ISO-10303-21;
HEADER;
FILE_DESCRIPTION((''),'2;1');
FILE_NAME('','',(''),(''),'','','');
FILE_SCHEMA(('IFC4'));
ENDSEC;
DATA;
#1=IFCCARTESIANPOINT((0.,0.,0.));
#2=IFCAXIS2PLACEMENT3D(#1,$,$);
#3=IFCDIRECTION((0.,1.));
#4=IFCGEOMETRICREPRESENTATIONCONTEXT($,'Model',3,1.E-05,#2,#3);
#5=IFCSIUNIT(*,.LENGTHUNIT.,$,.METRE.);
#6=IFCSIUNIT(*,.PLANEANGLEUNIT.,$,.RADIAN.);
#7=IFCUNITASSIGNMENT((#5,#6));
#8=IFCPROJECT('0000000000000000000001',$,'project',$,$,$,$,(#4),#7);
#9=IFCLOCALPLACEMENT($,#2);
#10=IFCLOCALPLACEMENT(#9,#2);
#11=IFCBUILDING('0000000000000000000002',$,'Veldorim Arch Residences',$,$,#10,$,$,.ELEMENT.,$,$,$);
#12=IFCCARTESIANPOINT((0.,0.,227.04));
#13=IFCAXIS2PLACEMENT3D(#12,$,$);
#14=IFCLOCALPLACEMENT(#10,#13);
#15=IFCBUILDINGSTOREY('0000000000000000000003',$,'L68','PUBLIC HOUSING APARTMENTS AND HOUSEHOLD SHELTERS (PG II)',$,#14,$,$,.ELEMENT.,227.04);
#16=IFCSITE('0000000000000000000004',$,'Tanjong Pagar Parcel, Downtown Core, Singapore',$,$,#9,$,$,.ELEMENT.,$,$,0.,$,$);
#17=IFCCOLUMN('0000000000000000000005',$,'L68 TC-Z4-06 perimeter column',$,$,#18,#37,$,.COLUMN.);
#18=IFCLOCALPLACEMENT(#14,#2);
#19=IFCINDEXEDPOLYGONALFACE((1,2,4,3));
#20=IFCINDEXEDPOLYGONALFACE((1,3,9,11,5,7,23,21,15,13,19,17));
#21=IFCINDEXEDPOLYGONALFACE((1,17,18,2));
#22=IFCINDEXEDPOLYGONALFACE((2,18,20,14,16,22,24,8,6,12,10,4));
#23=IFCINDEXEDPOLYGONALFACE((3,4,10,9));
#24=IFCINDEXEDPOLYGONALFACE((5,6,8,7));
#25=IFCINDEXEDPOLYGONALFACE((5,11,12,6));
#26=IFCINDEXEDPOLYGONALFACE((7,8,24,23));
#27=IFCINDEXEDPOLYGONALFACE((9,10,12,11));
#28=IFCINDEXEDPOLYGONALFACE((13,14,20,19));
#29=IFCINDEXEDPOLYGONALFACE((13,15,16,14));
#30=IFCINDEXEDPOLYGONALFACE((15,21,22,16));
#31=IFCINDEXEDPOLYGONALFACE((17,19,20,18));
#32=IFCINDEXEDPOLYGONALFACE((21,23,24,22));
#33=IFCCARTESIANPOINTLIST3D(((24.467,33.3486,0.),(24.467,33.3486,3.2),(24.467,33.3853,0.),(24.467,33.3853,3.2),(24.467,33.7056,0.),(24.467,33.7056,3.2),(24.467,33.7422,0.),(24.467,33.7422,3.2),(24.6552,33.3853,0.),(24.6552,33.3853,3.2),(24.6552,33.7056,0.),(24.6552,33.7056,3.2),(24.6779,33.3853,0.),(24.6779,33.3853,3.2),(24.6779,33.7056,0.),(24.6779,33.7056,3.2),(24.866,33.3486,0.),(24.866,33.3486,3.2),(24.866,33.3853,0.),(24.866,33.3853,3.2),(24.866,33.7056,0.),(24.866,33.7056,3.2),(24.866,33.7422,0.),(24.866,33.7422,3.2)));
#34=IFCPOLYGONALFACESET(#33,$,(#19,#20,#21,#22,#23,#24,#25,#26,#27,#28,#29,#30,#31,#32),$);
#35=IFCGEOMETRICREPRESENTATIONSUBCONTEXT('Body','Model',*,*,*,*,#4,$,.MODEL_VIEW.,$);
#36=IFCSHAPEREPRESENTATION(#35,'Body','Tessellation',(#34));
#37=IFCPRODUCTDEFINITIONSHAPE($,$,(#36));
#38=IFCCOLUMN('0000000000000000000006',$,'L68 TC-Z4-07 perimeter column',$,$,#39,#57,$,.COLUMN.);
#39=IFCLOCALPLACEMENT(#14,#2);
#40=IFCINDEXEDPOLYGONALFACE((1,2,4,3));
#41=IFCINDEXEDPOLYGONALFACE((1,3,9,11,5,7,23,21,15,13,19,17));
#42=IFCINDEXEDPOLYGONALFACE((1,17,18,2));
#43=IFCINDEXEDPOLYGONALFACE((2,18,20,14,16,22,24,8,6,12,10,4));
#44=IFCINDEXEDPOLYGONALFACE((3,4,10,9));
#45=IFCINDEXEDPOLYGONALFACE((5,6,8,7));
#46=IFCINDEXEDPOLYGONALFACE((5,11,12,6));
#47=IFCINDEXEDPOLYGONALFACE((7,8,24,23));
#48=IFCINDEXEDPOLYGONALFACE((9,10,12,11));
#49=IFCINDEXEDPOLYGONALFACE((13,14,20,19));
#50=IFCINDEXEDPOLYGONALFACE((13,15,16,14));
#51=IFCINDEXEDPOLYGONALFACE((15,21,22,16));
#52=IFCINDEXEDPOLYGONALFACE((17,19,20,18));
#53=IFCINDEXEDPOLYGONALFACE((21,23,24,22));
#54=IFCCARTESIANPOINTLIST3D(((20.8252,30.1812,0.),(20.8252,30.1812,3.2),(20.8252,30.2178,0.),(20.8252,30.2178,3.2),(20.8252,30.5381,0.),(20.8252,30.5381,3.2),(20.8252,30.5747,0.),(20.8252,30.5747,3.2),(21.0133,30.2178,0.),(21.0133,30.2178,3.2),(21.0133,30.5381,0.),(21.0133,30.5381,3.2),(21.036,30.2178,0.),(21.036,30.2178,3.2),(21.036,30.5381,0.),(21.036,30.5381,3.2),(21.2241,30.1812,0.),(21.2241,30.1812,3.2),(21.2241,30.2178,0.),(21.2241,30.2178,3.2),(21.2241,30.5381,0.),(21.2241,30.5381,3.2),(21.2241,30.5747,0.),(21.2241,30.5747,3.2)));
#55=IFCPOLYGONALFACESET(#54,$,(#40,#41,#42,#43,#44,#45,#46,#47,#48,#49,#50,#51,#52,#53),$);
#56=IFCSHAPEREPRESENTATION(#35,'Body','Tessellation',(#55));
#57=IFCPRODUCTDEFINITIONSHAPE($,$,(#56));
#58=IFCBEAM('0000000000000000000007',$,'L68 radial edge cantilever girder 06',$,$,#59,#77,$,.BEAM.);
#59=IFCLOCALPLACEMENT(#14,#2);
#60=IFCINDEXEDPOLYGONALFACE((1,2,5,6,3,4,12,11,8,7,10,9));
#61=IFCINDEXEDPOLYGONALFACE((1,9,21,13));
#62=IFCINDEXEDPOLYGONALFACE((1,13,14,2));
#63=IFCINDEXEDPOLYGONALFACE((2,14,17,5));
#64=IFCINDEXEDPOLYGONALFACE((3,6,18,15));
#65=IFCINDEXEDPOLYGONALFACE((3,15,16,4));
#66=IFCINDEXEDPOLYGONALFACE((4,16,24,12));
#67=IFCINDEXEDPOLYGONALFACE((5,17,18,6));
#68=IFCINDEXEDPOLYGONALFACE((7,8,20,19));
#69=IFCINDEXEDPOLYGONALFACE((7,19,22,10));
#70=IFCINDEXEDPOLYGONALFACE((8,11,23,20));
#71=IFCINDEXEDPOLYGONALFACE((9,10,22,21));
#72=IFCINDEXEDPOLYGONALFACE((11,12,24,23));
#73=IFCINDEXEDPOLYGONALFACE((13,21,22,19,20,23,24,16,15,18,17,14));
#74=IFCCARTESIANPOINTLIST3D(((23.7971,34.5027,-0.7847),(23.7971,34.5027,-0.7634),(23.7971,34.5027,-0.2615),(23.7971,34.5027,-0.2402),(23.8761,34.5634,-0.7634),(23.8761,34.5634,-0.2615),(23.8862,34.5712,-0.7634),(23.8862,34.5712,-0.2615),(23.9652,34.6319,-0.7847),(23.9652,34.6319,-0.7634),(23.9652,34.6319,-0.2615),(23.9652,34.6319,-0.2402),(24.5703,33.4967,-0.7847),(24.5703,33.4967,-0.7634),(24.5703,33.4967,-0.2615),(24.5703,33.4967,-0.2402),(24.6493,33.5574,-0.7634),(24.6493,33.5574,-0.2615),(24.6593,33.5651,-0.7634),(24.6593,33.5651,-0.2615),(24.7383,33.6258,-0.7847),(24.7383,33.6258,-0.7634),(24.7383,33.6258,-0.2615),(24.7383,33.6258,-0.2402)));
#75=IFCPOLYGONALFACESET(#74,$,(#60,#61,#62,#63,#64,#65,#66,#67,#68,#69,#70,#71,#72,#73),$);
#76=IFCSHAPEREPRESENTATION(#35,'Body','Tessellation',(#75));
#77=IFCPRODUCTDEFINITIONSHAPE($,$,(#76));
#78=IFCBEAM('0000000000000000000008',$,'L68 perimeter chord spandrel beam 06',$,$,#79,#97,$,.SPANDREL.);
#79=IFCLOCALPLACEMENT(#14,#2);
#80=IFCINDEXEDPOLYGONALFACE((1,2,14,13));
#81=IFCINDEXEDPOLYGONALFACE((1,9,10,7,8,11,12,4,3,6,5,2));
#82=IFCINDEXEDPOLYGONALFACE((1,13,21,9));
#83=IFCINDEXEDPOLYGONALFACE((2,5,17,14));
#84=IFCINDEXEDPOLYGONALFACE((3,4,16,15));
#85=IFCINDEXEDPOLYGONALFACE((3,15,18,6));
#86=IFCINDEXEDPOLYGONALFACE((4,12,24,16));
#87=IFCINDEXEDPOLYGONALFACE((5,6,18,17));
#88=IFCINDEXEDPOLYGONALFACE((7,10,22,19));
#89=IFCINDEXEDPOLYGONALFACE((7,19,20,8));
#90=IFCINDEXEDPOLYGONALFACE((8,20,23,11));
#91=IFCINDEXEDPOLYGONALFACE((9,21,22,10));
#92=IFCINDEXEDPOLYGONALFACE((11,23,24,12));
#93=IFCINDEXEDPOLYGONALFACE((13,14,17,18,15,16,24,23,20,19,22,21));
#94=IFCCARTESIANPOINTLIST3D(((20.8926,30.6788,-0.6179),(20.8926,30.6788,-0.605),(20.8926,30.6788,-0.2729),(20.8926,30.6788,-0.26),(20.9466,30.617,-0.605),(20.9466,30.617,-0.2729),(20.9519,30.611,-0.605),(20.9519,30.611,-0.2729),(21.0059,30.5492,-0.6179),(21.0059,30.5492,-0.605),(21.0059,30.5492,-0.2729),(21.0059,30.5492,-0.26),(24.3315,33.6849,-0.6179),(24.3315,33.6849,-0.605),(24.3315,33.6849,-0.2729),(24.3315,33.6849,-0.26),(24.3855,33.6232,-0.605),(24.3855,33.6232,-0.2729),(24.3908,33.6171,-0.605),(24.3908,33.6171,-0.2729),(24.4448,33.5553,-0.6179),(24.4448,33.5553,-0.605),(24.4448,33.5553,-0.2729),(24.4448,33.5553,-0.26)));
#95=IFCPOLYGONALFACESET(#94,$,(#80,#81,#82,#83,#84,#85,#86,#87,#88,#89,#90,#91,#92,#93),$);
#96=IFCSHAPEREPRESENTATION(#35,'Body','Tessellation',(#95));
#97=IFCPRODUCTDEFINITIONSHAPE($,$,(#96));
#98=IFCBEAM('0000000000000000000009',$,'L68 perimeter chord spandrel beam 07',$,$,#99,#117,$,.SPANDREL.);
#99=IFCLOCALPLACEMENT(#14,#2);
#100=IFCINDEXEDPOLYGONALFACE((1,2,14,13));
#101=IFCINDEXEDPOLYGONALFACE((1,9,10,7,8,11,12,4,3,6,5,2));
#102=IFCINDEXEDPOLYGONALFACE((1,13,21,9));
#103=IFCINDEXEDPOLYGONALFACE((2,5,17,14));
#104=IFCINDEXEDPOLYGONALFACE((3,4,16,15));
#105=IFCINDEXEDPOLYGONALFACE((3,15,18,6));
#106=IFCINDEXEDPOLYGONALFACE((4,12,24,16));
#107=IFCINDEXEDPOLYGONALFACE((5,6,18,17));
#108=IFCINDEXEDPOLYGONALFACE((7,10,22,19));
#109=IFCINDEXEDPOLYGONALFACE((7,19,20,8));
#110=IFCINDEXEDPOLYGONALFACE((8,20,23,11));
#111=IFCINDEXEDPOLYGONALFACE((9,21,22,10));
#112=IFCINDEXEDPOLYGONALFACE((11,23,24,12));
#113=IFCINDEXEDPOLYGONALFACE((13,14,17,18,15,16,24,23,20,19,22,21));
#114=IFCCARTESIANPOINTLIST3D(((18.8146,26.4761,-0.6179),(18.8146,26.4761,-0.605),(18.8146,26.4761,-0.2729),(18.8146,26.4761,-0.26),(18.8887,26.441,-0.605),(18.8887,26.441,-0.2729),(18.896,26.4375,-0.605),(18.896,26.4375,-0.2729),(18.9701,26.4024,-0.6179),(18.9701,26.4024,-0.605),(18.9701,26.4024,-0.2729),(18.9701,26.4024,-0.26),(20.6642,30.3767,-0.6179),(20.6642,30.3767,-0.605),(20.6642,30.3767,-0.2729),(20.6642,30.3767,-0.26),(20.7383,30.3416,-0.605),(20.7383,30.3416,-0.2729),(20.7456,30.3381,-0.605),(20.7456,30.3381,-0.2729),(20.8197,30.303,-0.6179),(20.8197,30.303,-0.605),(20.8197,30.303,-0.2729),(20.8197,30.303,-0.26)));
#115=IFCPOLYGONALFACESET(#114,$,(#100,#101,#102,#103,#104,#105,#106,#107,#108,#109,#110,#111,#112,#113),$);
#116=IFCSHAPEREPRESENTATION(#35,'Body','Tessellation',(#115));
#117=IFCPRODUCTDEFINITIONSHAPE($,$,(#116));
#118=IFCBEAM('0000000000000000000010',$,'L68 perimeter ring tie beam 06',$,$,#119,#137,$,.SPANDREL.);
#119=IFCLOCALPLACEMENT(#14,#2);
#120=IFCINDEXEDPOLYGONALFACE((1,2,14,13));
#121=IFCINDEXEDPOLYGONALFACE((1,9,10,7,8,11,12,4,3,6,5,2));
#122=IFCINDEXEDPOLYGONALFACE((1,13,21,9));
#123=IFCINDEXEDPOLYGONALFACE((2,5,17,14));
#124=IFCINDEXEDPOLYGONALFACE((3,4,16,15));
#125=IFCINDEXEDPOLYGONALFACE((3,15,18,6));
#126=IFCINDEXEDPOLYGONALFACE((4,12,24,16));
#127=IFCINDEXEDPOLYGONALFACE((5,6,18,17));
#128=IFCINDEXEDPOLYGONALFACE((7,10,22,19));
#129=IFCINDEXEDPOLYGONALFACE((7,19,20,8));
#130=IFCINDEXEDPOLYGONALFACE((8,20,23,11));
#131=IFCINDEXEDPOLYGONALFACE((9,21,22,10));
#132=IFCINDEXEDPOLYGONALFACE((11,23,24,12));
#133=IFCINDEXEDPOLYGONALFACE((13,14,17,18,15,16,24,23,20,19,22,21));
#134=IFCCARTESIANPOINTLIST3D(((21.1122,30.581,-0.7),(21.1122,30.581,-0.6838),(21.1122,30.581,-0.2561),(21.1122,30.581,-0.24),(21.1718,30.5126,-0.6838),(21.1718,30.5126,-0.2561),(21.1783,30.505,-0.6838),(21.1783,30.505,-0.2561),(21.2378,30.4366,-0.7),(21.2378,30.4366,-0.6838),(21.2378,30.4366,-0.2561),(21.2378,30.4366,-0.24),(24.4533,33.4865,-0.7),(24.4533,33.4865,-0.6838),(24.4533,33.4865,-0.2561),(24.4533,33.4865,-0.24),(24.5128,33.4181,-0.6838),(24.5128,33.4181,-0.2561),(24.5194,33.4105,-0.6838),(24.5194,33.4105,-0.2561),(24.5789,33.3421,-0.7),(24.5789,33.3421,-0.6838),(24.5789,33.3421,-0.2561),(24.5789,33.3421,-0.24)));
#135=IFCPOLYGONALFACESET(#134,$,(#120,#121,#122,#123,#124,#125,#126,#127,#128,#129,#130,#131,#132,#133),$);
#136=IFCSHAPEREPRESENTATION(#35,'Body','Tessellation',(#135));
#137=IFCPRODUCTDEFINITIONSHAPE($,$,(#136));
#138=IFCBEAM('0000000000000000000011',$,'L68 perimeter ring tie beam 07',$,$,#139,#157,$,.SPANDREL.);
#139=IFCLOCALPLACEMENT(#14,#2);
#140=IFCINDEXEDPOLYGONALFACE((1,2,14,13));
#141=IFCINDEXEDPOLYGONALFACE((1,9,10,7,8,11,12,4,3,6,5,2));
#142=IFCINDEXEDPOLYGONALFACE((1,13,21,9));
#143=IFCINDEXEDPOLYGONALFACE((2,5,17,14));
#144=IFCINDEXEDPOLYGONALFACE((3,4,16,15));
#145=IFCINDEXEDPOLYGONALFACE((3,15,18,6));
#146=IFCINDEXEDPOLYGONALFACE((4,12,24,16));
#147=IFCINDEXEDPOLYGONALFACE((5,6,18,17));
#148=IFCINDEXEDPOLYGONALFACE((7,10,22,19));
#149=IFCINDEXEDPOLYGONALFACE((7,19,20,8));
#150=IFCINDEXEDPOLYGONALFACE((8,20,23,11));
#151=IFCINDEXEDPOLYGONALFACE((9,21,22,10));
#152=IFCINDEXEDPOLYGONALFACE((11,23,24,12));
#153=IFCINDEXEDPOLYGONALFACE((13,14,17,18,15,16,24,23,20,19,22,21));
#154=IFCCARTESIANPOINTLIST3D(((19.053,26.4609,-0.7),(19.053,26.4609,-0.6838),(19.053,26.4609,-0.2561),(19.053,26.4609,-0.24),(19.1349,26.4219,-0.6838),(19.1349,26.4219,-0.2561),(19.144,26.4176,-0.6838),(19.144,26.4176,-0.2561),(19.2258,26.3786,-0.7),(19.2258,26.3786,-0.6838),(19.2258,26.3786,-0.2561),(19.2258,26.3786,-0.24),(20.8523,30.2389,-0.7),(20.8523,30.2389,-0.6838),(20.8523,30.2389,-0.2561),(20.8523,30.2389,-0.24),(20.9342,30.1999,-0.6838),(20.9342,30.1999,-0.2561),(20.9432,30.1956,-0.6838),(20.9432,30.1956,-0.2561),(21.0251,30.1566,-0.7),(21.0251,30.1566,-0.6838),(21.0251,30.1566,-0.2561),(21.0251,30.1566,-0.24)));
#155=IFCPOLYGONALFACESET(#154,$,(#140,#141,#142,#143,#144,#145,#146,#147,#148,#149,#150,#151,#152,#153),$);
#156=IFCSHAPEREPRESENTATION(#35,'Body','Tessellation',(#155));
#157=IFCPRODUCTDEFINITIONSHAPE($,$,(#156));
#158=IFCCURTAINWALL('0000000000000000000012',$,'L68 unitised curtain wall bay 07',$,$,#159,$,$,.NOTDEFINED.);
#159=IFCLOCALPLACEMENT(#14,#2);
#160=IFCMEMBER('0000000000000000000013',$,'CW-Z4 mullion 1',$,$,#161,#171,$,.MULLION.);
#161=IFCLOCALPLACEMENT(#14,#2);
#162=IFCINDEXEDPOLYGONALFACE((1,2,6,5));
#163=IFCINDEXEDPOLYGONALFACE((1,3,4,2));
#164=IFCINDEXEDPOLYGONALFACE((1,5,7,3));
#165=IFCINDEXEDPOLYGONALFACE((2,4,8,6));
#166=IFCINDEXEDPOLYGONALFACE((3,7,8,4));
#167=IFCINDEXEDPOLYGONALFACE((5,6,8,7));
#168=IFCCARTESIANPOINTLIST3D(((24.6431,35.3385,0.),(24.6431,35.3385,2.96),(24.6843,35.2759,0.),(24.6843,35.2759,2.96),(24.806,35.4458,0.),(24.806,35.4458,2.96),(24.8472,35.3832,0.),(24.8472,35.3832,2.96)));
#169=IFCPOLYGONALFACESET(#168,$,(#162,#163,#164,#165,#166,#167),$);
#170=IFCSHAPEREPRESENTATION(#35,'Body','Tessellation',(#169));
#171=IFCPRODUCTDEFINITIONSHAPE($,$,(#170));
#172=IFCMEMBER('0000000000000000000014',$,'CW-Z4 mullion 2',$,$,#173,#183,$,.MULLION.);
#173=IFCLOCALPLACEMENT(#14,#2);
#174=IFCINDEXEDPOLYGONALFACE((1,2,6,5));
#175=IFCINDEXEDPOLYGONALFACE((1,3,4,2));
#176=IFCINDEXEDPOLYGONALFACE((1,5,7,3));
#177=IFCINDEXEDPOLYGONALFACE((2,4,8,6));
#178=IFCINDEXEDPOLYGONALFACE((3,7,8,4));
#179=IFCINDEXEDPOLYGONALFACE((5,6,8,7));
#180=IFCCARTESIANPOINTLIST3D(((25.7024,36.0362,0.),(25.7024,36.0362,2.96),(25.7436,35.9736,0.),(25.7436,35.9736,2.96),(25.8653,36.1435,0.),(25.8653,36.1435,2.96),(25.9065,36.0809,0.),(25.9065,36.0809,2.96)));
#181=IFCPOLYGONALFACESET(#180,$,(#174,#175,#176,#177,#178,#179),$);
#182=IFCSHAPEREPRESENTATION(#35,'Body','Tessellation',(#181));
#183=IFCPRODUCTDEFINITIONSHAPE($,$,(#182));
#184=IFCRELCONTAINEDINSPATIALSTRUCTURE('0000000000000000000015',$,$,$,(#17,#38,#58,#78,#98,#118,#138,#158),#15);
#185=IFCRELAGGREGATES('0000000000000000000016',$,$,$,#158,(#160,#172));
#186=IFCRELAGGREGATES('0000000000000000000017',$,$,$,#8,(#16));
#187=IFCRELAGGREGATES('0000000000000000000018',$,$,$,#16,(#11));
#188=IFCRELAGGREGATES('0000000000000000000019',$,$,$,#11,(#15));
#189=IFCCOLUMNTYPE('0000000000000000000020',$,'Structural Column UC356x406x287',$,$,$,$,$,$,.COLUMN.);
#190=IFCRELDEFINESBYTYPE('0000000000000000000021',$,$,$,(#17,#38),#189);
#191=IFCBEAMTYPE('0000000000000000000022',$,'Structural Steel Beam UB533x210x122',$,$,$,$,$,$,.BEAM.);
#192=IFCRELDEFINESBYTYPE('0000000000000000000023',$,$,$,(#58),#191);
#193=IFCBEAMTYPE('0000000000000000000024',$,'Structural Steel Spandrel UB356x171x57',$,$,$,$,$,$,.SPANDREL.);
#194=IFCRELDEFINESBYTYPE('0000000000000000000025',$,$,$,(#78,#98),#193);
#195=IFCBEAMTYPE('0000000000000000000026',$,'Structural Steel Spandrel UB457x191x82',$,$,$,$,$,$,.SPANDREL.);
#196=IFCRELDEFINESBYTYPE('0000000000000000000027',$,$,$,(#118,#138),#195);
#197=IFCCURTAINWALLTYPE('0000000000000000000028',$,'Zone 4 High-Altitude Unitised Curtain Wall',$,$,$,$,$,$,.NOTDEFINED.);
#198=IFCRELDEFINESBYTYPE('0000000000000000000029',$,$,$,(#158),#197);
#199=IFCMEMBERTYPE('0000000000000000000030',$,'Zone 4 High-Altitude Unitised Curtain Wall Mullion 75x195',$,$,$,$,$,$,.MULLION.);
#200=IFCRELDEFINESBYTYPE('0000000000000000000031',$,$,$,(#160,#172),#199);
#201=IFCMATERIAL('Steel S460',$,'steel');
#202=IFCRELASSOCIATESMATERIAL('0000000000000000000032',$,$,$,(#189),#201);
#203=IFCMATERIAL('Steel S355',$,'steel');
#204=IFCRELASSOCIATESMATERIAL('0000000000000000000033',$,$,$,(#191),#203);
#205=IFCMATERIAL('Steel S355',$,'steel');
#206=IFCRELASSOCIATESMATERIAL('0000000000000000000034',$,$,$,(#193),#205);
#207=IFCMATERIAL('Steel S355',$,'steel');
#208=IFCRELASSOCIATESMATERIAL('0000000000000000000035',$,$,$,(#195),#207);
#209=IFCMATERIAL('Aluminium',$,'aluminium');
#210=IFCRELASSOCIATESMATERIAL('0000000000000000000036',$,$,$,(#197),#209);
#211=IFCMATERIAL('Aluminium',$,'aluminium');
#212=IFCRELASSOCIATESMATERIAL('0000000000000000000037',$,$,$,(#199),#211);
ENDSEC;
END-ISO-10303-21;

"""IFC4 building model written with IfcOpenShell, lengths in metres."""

from ifc_helpers import new_model, si_unit, direction, frame, origin, origin_2d, place, context, subcontext, project, spatial, rectangle, i_section, extrude, material, material_profile, profile_set, type_object, element, aggregate, save


model = new_model("IFC4")

# Units and contexts
model_context = context("Model", 3, precision=1e-05, world=origin(), true_north=direction((0.0, 1.0)))
body_context = subcontext(model_context, "Body", "Model", "MODEL_VIEW")
ifc_project = project(units=[si_unit("LENGTHUNIT", "METRE"), si_unit("PLANEANGLEUNIT", "RADIAN")], contexts=[model_context])

# Site, building, storey
site_placement = place(None, origin())
site = spatial("IfcSite", under=ifc_project, at=site_placement, Name="Tanjong Pagar Parcel, Downtown Core, Singapore", CompositionType="ELEMENT", RefElevation=0.0)
building_placement = place(site_placement, origin())
building = spatial("IfcBuilding", under=site, at=building_placement, Name="Veldorim Arch Residences", CompositionType="ELEMENT")
storey_placement = place(building_placement, frame((0.0, 0.0, 227.04)))
storey = spatial("IfcBuildingStorey", under=building, at=storey_placement, Name="L68", Description="PUBLIC HOUSING APARTMENTS AND HOUSEHOLD SHELTERS (PG II)", CompositionType="ELEMENT", Elevation=227.04)

# Columns
ifc_material_1 = material(Name="Steel S460", Category="steel")
ifc_material_profile_1 = material_profile(ifc_material_1, i_section(OverallWidth=0.3989, OverallDepth=0.3936, WebThickness=0.0227, FlangeThickness=0.0366, at=origin_2d()), Name="UC356x406x287")
ifc_profile_set_1 = profile_set([ifc_material_profile_1], Name="Steel S460")
column_type = type_object("IfcColumnType", Name="Structural Column UC356x406x287", PredefinedType="COLUMN", material=ifc_profile_set_1)
for number, where, z_axis, x_axis, name in (
    (1, (24.6665, 33.5454, 0.0), (0.0, 0.0, 1.0), (1.0, 0.0, 0.0), "L68 TC-Z4-06 perimeter column"),
    (2, (21.0247, 30.3779, 0.0), (0.0, 0.0, 1.0), (1.0, 0.0, 0.0), "L68 TC-Z4-07 perimeter column"),
):
    element("IfcColumn", number, at=place(storey_placement, frame(where, z_axis=z_axis, x_axis=x_axis)), inside=storey, type_object=column_type, Name=name, PredefinedType="COLUMN", context=body_context, shape_type="SweptSolid", body=[
        extrude(i_section(OverallWidth=0.3989, OverallDepth=0.3936, WebThickness=0.0227, FlangeThickness=0.0366, at=origin_2d()), origin(), (0.0, 0.0, 1.0), 3.2),
    ])

# Beams
ifc_material_2 = material(Name="Steel S355", Category="steel")
ifc_material_profile_2 = material_profile(ifc_material_2, i_section(OverallWidth=0.2119, OverallDepth=0.5444, WebThickness=0.0127, FlangeThickness=0.0212, at=origin_2d()), Name="UB533x210x122")
ifc_profile_set_2 = profile_set([ifc_material_profile_2], Name="Steel S355")
beam_type_1 = type_object("IfcBeamType", Name="Structural Steel Beam UB533x210x122", PredefinedType="BEAM", material=ifc_profile_set_2)
beam_1_placement = place(storey_placement, frame((24.6543, 33.5613, -0.5125), z_axis=(-0.609348, 0.792903, 0.0), x_axis=(-0.792903, -0.609348, 0.0)))
element("IfcBeam", 3, at=beam_1_placement, inside=storey, type_object=beam_type_1, Name="L68 radial edge cantilever girder 06", PredefinedType="BEAM", context=body_context, shape_type="SweptSolid", body=[
    extrude(i_section(OverallWidth=0.2119, OverallDepth=0.5444, WebThickness=0.0127, FlangeThickness=0.0212, at=origin_2d()), origin(), (0.0, 0.0, 1.0), 1.2688),
])
ifc_material_3 = material(Name="Steel S355", Category="steel")
ifc_material_profile_3 = material_profile(ifc_material_3, i_section(OverallWidth=0.1721, OverallDepth=0.3579, WebThickness=0.0081, FlangeThickness=0.0129, at=origin_2d()), Name="UB356x171x57")
ifc_profile_set_3 = profile_set([ifc_material_profile_3], Name="Steel S355")
beam_type_2 = type_object("IfcBeamType", Name="Structural Steel Spandrel UB356x171x57", PredefinedType="SPANDREL", material=ifc_profile_set_3)
beam_2_placement = place(storey_placement, frame((24.3882, 33.6201, -0.439), z_axis=(-0.752901, -0.658134, 0.0), x_axis=(0.658134, -0.752901, 0.0)))
element("IfcBeam", 4, at=beam_2_placement, inside=storey, type_object=beam_type_2, Name="L68 perimeter chord spandrel beam 06", PredefinedType="SPANDREL", context=body_context, shape_type="SweptSolid", body=[
    extrude(i_section(OverallWidth=0.1721, OverallDepth=0.3579, WebThickness=0.0081, FlangeThickness=0.0129, at=origin_2d()), origin(), (0.0, 0.0, 1.0), 4.5676),
])
beam_3_placement = place(storey_placement, frame((20.7419, 30.3398, -0.439), z_axis=(-0.428453, -0.903564, 0.0), x_axis=(0.903564, -0.428453, 0.0)))
element("IfcBeam", 5, at=beam_3_placement, inside=storey, type_object=beam_type_2, Name="L68 perimeter chord spandrel beam 07", PredefinedType="SPANDREL", context=body_context, shape_type="SweptSolid", body=[
    extrude(i_section(OverallWidth=0.1721, OverallDepth=0.3579, WebThickness=0.0081, FlangeThickness=0.0129, at=origin_2d()), origin(), (0.0, 0.0, 1.0), 4.3169),
])
ifc_material_4 = material(Name="Steel S355", Category="steel")
ifc_material_profile_4 = material_profile(ifc_material_4, i_section(OverallWidth=0.1914, OverallDepth=0.46, WebThickness=0.01, FlangeThickness=0.0161, at=origin_2d()), Name="UB457x191x82")
ifc_profile_set_4 = profile_set([ifc_material_profile_4], Name="Steel S355")
beam_type_3 = type_object("IfcBeamType", Name="Structural Steel Spandrel UB457x191x82", PredefinedType="SPANDREL", material=ifc_profile_set_4)
beam_4_placement = place(storey_placement, frame((24.5161, 33.4143, -0.47), z_axis=(-0.754578, -0.65621, 0.0), x_axis=(0.65621, -0.754578, 0.0)))
element("IfcBeam", 6, at=beam_4_placement, inside=storey, type_object=beam_type_3, Name="L68 perimeter ring tie beam 06", PredefinedType="SPANDREL", context=body_context, shape_type="SweptSolid", body=[
    extrude(i_section(OverallWidth=0.1914, OverallDepth=0.46, WebThickness=0.01, FlangeThickness=0.0161, at=origin_2d()), origin(), (0.0, 0.0, 1.0), 4.4277),
])
beam_5_placement = place(storey_placement, frame((20.9387, 30.1978, -0.47), z_axis=(-0.429979, -0.902839, 0.0), x_axis=(0.902839, -0.429979, 0.0)))
element("IfcBeam", 7, at=beam_5_placement, inside=storey, type_object=beam_type_3, Name="L68 perimeter ring tie beam 07", PredefinedType="SPANDREL", context=body_context, shape_type="SweptSolid", body=[
    extrude(i_section(OverallWidth=0.1914, OverallDepth=0.46, WebThickness=0.01, FlangeThickness=0.0161, at=origin_2d()), origin(), (0.0, 0.0, 1.0), 4.1846),
])

# Curtain wall, members
ifc_material_5 = material(Name="Aluminium", Category="aluminium")
curtain_wall_type = type_object("IfcCurtainWallType", Name="Zone 4 High-Altitude Unitised Curtain Wall", PredefinedType="NOTDEFINED", material=ifc_material_5)
curtain_wall_placement = place(storey_placement, origin())
curtain_wall = element("IfcCurtainWall", 8, at=curtain_wall_placement, inside=storey, type_object=curtain_wall_type, Name="L68 unitised curtain wall bay 07", PredefinedType="NOTDEFINED")
ifc_material_6 = material(Name="Aluminium", Category="aluminium")
ifc_material_profile_5 = material_profile(ifc_material_6, rectangle(XDim=0.075, YDim=0.1951, at=origin_2d()), Name="ALU_MUL_75x195")
ifc_profile_set_5 = profile_set([ifc_material_profile_5], Name="Aluminium")
member_type_1 = type_object("IfcMemberType", Name="Zone 4 High-Altitude Unitised Curtain Wall Mullion 75x195", PredefinedType="MULLION", material=ifc_profile_set_5)
member_1_placement = place(storey_placement, frame((24.7451, 35.3608, 0.0), z_axis=(0.0, 0.0, 1.0), x_axis=(-0.550062, 0.835124, 0.0)))
member_1 = element("IfcMember", 9, at=member_1_placement, type_object=member_type_1, Name="CW-Z4 mullion 1", PredefinedType="MULLION", context=body_context, shape_type="SweptSolid", body=[
    extrude(rectangle(XDim=0.075, YDim=0.1951, at=origin_2d()), origin(), (0.0, 0.0, 1.0), 2.96),
])
member_2_placement = place(storey_placement, frame((25.8044, 36.0586, 0.0), z_axis=(0.0, 0.0, 1.0), x_axis=(-0.550062, 0.835124, 0.0)))
member_2 = element("IfcMember", 10, at=member_2_placement, type_object=member_type_1, Name="CW-Z4 mullion 2", PredefinedType="MULLION", context=body_context, shape_type="SweptSolid", body=[
    extrude(rectangle(XDim=0.075, YDim=0.1951, at=origin_2d()), origin(), (0.0, 0.0, 1.0), 2.96),
])
aggregate(curtain_wall, [member_1, member_2])

save(model, "model.ifc")
